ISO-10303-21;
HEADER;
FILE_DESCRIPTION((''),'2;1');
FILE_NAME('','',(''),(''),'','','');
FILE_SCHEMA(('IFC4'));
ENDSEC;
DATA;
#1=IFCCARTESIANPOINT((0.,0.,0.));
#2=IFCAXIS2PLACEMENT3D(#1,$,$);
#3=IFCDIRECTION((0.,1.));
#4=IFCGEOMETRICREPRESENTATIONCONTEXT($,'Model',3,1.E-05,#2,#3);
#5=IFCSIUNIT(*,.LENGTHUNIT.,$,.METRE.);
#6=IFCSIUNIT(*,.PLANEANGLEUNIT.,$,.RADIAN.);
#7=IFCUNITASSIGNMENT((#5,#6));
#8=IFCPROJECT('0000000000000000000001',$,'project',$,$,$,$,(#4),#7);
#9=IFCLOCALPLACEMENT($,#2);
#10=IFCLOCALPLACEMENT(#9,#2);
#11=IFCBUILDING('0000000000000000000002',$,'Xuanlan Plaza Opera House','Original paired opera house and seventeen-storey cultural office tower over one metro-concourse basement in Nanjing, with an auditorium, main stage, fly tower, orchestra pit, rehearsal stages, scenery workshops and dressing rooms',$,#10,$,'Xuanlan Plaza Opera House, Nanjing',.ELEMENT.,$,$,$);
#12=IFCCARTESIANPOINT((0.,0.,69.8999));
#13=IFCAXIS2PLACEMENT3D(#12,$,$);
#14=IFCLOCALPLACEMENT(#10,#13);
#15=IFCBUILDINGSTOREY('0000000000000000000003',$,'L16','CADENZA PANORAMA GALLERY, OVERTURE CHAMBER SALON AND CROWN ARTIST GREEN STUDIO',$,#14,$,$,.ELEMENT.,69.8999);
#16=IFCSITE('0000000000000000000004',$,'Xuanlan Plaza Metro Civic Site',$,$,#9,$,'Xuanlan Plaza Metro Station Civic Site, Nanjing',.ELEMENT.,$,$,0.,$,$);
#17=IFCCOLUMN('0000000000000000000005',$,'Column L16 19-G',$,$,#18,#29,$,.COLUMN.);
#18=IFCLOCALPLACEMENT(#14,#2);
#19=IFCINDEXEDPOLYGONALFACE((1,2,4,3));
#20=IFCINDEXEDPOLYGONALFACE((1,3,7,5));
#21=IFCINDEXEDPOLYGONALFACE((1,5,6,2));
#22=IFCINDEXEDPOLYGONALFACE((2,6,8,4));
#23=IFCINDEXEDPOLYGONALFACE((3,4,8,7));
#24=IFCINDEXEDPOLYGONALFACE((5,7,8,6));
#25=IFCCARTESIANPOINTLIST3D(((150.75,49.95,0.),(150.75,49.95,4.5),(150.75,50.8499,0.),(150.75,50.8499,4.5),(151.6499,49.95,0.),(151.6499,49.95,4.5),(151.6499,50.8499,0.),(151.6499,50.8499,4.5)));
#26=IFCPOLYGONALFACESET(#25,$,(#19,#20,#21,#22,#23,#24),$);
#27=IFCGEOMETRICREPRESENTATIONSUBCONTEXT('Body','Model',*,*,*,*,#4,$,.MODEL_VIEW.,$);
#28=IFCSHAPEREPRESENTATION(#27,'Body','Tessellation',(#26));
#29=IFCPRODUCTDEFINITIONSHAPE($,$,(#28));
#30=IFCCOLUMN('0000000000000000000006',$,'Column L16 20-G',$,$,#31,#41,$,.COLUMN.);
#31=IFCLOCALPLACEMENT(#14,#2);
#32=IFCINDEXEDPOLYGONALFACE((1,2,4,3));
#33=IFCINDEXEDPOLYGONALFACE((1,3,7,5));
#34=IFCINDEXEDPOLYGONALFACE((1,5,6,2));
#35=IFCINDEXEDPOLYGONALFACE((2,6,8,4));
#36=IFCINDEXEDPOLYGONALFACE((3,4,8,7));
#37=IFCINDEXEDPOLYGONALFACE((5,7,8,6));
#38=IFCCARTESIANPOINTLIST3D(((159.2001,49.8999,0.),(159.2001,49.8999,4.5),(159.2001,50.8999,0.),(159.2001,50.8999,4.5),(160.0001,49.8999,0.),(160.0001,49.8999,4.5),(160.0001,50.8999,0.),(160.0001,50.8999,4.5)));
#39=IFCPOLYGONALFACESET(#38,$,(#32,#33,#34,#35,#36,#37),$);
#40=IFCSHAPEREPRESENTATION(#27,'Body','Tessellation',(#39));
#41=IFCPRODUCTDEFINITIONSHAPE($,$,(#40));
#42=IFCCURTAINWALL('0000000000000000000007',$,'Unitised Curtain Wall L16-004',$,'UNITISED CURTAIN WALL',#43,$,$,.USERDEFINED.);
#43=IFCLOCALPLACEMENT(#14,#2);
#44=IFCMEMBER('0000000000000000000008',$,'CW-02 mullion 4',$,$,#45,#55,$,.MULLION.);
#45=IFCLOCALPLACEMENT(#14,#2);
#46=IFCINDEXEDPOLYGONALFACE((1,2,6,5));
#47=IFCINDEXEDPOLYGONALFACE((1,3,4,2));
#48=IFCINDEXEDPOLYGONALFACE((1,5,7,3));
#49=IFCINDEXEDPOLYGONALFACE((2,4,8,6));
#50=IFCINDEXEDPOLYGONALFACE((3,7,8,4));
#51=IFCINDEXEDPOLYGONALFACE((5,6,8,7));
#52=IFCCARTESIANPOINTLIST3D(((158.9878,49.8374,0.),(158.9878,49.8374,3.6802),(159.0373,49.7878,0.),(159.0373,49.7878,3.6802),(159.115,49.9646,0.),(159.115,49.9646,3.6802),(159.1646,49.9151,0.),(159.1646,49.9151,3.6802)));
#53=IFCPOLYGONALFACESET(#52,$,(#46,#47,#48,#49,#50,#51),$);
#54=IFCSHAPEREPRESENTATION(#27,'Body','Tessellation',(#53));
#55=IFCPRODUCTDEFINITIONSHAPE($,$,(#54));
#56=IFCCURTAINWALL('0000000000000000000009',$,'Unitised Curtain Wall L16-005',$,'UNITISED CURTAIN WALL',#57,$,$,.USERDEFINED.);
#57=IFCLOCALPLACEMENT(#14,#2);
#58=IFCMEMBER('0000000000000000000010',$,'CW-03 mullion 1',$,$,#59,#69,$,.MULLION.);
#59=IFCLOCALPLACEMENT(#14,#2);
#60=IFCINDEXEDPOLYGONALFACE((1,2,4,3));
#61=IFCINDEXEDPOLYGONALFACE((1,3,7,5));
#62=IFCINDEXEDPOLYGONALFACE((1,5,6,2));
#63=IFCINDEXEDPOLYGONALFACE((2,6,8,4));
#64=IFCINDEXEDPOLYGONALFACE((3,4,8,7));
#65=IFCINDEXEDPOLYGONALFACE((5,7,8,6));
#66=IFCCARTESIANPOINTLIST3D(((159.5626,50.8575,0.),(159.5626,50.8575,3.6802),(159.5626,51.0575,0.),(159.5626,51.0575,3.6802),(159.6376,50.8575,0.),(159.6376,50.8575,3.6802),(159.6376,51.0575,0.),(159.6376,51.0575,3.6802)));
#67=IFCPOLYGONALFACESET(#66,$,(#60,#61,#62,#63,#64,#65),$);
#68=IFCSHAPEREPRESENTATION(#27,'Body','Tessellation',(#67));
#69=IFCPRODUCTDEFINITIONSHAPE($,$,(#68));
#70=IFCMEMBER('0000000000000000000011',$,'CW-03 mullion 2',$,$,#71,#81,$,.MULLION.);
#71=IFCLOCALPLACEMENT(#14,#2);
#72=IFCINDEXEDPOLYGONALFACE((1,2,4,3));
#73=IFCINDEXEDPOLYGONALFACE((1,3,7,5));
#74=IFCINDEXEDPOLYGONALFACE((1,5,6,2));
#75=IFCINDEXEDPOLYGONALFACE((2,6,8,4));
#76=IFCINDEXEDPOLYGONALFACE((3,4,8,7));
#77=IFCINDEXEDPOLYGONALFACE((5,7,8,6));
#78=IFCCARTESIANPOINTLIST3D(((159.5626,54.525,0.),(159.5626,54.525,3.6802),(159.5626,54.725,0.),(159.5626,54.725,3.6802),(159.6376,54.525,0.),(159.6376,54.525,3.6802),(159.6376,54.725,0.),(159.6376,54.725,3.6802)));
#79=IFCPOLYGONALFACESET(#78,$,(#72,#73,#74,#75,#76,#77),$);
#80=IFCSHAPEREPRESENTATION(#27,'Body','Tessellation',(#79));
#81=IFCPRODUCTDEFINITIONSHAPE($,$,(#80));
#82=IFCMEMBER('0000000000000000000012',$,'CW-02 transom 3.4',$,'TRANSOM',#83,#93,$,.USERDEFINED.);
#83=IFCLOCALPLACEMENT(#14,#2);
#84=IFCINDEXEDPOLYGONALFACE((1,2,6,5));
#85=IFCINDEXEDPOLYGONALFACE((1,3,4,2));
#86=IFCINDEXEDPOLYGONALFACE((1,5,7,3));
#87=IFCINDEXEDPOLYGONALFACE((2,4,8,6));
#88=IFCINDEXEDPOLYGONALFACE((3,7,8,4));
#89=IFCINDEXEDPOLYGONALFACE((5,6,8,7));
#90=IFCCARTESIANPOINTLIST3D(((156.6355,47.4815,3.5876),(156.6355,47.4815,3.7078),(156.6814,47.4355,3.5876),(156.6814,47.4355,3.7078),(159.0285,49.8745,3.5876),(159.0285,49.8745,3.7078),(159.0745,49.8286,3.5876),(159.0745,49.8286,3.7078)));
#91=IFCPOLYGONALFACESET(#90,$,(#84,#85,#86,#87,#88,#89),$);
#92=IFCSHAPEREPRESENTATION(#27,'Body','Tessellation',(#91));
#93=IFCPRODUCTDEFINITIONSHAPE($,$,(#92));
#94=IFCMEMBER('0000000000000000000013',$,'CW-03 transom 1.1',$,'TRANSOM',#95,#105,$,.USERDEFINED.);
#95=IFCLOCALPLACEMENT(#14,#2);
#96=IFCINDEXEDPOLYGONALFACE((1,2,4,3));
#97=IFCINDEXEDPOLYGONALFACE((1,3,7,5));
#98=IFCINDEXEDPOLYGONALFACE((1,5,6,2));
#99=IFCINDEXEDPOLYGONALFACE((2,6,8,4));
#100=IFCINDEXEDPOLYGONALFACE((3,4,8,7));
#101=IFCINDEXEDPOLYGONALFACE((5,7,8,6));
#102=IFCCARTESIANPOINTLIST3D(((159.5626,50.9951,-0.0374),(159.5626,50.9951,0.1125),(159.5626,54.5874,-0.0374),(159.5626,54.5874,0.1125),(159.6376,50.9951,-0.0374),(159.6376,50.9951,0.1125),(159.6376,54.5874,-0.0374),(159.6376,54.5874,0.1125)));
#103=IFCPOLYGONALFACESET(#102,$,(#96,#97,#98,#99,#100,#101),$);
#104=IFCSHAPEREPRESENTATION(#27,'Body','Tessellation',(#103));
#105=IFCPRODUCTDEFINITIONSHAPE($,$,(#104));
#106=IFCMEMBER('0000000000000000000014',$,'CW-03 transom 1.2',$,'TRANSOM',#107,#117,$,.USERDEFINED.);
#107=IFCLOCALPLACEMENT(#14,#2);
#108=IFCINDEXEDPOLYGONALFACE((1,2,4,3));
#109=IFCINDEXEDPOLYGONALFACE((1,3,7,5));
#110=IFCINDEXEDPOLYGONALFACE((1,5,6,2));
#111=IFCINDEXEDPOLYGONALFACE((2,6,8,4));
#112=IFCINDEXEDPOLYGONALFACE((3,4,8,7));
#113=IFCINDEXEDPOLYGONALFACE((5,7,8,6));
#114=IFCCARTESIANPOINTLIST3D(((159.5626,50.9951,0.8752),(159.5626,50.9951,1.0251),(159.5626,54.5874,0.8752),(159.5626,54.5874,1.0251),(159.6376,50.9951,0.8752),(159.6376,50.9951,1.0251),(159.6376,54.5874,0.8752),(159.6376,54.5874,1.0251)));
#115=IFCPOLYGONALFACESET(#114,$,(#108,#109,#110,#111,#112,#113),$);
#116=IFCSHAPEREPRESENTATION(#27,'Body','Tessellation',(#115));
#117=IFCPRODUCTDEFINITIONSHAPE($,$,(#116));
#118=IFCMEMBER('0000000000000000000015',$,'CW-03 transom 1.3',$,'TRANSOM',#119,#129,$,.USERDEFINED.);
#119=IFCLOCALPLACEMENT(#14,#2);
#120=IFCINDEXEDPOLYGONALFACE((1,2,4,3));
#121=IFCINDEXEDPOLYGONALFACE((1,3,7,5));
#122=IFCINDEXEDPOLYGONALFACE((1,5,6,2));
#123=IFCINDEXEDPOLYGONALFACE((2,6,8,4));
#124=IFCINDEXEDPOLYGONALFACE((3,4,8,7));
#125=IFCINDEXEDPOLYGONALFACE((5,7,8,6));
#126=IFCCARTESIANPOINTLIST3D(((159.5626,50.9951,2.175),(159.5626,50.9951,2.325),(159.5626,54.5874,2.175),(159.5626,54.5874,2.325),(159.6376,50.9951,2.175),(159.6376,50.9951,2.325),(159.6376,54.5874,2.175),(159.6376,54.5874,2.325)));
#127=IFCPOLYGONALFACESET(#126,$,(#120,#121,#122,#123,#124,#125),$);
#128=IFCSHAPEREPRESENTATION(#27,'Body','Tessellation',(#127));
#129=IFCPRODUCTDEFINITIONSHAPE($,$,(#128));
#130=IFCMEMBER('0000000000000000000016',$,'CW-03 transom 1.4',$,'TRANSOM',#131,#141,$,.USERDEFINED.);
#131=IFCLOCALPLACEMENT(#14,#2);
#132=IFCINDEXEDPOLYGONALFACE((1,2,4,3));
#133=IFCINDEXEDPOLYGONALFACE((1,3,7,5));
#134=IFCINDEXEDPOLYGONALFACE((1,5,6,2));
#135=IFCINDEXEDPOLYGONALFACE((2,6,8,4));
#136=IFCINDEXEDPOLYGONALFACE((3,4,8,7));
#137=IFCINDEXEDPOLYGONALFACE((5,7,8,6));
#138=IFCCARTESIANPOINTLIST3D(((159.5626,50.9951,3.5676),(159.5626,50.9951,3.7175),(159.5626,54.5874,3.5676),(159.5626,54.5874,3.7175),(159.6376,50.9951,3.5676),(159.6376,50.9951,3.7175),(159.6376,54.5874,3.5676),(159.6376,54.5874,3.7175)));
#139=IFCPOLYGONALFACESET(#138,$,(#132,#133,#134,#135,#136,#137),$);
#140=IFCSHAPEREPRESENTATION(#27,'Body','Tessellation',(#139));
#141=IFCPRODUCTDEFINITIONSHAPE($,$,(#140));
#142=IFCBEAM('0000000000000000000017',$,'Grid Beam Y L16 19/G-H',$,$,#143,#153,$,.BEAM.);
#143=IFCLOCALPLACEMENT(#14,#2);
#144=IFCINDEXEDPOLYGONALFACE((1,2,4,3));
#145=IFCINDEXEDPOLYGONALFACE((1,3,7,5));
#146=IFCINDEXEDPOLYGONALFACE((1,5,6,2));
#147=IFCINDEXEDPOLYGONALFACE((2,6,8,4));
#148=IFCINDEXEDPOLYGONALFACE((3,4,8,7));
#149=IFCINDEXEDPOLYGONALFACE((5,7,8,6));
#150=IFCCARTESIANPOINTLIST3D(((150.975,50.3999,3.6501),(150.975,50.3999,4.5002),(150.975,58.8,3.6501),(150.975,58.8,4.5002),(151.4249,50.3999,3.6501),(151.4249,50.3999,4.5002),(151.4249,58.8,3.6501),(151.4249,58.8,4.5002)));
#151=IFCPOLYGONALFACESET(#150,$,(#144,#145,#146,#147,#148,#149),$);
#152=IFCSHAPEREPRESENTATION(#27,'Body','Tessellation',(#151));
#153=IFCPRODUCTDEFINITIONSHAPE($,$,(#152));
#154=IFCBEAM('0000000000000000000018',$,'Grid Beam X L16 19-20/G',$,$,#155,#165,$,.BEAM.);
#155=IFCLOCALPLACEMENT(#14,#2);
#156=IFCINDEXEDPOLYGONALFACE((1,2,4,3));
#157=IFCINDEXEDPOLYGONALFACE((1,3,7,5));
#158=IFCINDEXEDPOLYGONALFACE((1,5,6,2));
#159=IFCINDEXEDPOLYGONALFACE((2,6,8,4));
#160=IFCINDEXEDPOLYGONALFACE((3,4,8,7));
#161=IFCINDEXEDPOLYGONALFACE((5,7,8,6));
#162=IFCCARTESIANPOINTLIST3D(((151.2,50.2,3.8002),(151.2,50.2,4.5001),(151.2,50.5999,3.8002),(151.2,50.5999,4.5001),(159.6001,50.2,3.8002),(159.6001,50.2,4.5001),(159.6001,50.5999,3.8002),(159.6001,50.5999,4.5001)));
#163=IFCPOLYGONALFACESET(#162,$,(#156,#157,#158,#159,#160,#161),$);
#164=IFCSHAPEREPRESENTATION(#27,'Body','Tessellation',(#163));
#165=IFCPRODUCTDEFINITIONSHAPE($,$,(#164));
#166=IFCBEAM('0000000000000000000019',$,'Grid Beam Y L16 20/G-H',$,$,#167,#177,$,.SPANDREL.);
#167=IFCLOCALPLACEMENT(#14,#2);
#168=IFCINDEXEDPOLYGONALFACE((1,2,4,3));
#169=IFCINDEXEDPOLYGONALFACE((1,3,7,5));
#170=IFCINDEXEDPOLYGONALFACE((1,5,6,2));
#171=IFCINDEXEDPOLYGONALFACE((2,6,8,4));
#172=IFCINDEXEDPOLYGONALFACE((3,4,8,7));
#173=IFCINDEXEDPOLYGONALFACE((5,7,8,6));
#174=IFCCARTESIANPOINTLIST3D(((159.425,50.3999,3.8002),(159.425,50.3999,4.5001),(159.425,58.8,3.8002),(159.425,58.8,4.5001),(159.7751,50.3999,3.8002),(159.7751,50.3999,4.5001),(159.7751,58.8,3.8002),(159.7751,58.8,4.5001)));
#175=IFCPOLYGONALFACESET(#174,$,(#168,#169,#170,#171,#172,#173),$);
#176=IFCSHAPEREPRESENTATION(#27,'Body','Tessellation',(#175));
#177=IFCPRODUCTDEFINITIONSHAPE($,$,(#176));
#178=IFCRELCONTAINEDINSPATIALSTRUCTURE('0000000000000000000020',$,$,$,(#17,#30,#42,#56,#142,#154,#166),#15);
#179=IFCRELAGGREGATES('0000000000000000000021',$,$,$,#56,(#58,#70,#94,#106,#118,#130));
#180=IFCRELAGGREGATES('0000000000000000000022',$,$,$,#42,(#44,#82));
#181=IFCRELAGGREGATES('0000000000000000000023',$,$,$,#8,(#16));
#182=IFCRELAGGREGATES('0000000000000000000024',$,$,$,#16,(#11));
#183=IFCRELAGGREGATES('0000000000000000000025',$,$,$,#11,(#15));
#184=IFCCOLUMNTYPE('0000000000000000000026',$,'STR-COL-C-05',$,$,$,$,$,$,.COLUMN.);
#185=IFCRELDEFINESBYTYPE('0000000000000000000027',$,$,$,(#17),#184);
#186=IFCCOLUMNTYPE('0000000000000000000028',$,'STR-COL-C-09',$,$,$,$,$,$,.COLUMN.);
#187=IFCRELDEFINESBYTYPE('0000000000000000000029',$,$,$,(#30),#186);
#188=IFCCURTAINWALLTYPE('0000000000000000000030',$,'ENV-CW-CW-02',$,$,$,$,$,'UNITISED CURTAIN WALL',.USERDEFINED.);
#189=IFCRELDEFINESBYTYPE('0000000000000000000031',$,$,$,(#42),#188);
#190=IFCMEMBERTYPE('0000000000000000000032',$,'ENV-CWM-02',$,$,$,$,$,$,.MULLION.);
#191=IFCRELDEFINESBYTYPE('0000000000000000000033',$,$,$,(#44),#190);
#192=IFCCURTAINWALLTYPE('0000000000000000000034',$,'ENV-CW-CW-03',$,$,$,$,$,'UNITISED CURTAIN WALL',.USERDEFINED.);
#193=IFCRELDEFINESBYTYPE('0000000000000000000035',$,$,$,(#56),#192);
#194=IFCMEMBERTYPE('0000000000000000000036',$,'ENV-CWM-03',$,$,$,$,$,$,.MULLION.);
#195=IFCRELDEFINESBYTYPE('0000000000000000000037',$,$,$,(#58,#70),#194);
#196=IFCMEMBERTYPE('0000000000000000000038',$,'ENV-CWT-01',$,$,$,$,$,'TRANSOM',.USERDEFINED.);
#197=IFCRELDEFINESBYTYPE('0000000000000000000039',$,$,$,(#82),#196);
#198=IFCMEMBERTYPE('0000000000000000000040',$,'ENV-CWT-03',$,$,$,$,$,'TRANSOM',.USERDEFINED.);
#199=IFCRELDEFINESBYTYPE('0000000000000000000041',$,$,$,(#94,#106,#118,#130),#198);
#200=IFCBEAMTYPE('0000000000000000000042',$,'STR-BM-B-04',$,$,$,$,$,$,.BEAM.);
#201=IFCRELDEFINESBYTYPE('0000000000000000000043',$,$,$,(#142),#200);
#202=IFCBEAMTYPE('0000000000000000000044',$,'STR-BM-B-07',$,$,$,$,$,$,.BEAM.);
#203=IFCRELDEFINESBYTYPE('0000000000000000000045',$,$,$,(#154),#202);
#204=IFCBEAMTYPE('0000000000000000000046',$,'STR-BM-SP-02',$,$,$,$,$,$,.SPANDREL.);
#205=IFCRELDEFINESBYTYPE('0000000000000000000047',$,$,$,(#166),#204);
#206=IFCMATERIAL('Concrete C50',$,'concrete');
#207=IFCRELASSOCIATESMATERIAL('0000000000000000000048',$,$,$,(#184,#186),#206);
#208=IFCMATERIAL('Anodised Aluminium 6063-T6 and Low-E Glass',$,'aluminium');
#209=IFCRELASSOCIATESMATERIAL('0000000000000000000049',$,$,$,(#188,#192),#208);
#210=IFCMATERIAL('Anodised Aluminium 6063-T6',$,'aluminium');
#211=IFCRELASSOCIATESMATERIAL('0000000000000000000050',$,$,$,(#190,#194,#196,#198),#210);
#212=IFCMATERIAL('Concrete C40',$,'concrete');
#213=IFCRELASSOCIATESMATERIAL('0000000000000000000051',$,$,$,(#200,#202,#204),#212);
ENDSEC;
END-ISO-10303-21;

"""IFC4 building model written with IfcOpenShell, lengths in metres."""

from ifc_helpers import new_model, si_unit, direction, frame, origin, origin_2d, place, context, subcontext, project, spatial, rectangle, extrude, material, material_profile, profile_set, type_object, element, aggregate, save


model = new_model("IFC4")

# Units and contexts
model_context = context("Model", 3, precision=1e-05, world=origin(), true_north=direction((0.0, 1.0)))
body_context = subcontext(model_context, "Body", "Model", "MODEL_VIEW")
ifc_project = project(units=[si_unit("LENGTHUNIT", "METRE"), si_unit("PLANEANGLEUNIT", "RADIAN")], contexts=[model_context])

# Site, building, storey
site_placement = place(None, origin())
site = spatial("IfcSite", under=ifc_project, at=site_placement, Name="Xuanlan Plaza Metro Civic Site", LongName="Xuanlan Plaza Metro Station Civic Site, Nanjing", CompositionType="ELEMENT", RefElevation=0.0)
building_placement = place(site_placement, origin())
building = spatial("IfcBuilding", under=site, at=building_placement, Name="Xuanlan Plaza Opera House", Description="Original paired opera house and seventeen-storey cultural office tower over one metro-concourse basement in Nanjing, with an auditorium, main stage, fly tower, orchestra pit, rehearsal stages, scenery workshops and dressing rooms", LongName="Xuanlan Plaza Opera House, Nanjing", CompositionType="ELEMENT")
storey_placement = place(building_placement, frame((0.0, 0.0, 69.8999)))
storey = spatial("IfcBuildingStorey", under=building, at=storey_placement, Name="L16", Description="CADENZA PANORAMA GALLERY, OVERTURE CHAMBER SALON AND CROWN ARTIST GREEN STUDIO", CompositionType="ELEMENT", Elevation=69.8999)

# Columns
ifc_material_1 = material(Name="Concrete C50", Category="concrete")
ifc_material_profile_1 = material_profile(ifc_material_1, rectangle(XDim=0.8999, YDim=0.8999, at=origin_2d()), Name="RC-COL 900x900")
ifc_profile_set_1 = profile_set([ifc_material_profile_1], Name="Concrete C50")
column_type_1 = type_object("IfcColumnType", Name="STR-COL-C-05", PredefinedType="COLUMN", material=ifc_profile_set_1)
column_1_placement = place(storey_placement, frame((151.2, 50.3999, 0.0), z_axis=(0.0, 0.0, 1.0), x_axis=(1.0, 0.0, 0.0)))
element("IfcColumn", 1, at=column_1_placement, inside=storey, type_object=column_type_1, Name="Column L16 19-G", PredefinedType="COLUMN", context=body_context, shape_type="SweptSolid", body=[
    extrude(rectangle(XDim=0.8999, YDim=0.8999, at=origin_2d()), origin(), (0.0, 0.0, 1.0), 4.5),
])
ifc_material_profile_2 = material_profile(ifc_material_1, rectangle(XDim=0.8, YDim=1.0, at=origin_2d()), Name="RC-COL 800x1000")
ifc_profile_set_2 = profile_set([ifc_material_profile_2], Name="Concrete C50")
column_type_2 = type_object("IfcColumnType", Name="STR-COL-C-09", PredefinedType="COLUMN", material=ifc_profile_set_2)
column_2_placement = place(storey_placement, frame((159.6001, 50.3999, 0.0), z_axis=(0.0, 0.0, 1.0), x_axis=(1.0, 0.0, 0.0)))
element("IfcColumn", 2, at=column_2_placement, inside=storey, type_object=column_type_2, Name="Column L16 20-G", PredefinedType="COLUMN", context=body_context, shape_type="SweptSolid", body=[
    extrude(rectangle(XDim=0.8, YDim=1.0, at=origin_2d()), origin(), (0.0, 0.0, 1.0), 4.5),
])

# Curtain wall, member
ifc_material_2 = material(Name="Anodised Aluminium 6063-T6 and Low-E Glass", Category="aluminium")
curtain_wall_type_1 = type_object("IfcCurtainWallType", Name="ENV-CW-CW-02", ElementType="UNITISED CURTAIN WALL", PredefinedType="USERDEFINED", material=ifc_material_2)
curtain_wall_1_placement = place(storey_placement, origin())
curtain_wall_1 = element("IfcCurtainWall", 3, at=curtain_wall_1_placement, inside=storey, type_object=curtain_wall_type_1, Name="Unitised Curtain Wall L16-004", ObjectType="UNITISED CURTAIN WALL", PredefinedType="USERDEFINED")
ifc_material_3 = material(Name="Anodised Aluminium 6063-T6", Category="aluminium")
ifc_material_profile_3 = material_profile(ifc_material_3, rectangle(XDim=0.0701, YDim=0.1799, at=origin_2d()), Name="ALU-M 70x180")
ifc_profile_set_3 = profile_set([ifc_material_profile_3], Name="Anodised Aluminium 6063-T6")
member_type_1 = type_object("IfcMemberType", Name="ENV-CWM-02", PredefinedType="MULLION", material=ifc_profile_set_3)
member_1_placement = place(storey_placement, frame((159.0762, 49.8762, 0.0), z_axis=(0.0, 0.0, 1.0), x_axis=(-0.707107, 0.707107, 0.0)))
member_1 = element("IfcMember", 4, at=member_1_placement, type_object=member_type_1, Name="CW-02 mullion 4", PredefinedType="MULLION", context=body_context, shape_type="SweptSolid", body=[
    extrude(rectangle(XDim=0.0701, YDim=0.1799, at=origin_2d()), origin(), (0.0, 0.0, 1.0), 3.6802),
])

# Curtain wall, members
curtain_wall_type_2 = type_object("IfcCurtainWallType", Name="ENV-CW-CW-03", ElementType="UNITISED CURTAIN WALL", PredefinedType="USERDEFINED", material=ifc_material_2)
curtain_wall_2_placement = place(storey_placement, origin())
curtain_wall_2 = element("IfcCurtainWall", 5, at=curtain_wall_2_placement, inside=storey, type_object=curtain_wall_type_2, Name="Unitised Curtain Wall L16-005", ObjectType="UNITISED CURTAIN WALL", PredefinedType="USERDEFINED")
ifc_material_profile_4 = material_profile(ifc_material_3, rectangle(XDim=0.075, YDim=0.2, at=origin_2d()), Name="ALU-M 75x200")
ifc_profile_set_4 = profile_set([ifc_material_profile_4], Name="Anodised Aluminium 6063-T6")
member_type_2 = type_object("IfcMemberType", Name="ENV-CWM-03", PredefinedType="MULLION", material=ifc_profile_set_4)
member_2_placement = place(storey_placement, frame((159.6001, 50.9575, 0.0), z_axis=(0.0, 0.0, 1.0), x_axis=(-1.0, 0.0, 0.0)))
member_2 = element("IfcMember", 6, at=member_2_placement, type_object=member_type_2, Name="CW-03 mullion 1", PredefinedType="MULLION", context=body_context, shape_type="SweptSolid", body=[
    extrude(rectangle(XDim=0.075, YDim=0.2, at=origin_2d()), origin(), (0.0, 0.0, 1.0), 3.6802),
])
member_3_placement = place(storey_placement, frame((159.6001, 54.625, 0.0), z_axis=(0.0, 0.0, 1.0), x_axis=(-1.0, 0.0, 0.0)))
member_3 = element("IfcMember", 7, at=member_3_placement, type_object=member_type_2, Name="CW-03 mullion 2", PredefinedType="MULLION", context=body_context, shape_type="SweptSolid", body=[
    extrude(rectangle(XDim=0.075, YDim=0.2, at=origin_2d()), origin(), (0.0, 0.0, 1.0), 3.6802),
])

# Members
ifc_material_profile_5 = material_profile(ifc_material_3, rectangle(XDim=0.0649, YDim=0.1201, at=origin_2d()), Name="ALU-T 65x120")
ifc_profile_set_5 = profile_set([ifc_material_profile_5], Name="Anodised Aluminium 6063-T6")
member_type_3 = type_object("IfcMemberType", Name="ENV-CWT-01", ElementType="TRANSOM", PredefinedType="USERDEFINED", material=ifc_profile_set_5)
member_4_placement = place(storey_placement, frame((156.6584, 47.4585, 3.6477), z_axis=(0.707107, 0.707107, 0.0), x_axis=(-0.707107, 0.707107, 0.0)))
member_4 = element("IfcMember", 8, at=member_4_placement, type_object=member_type_3, Name="CW-02 transom 3.4", ObjectType="TRANSOM", PredefinedType="USERDEFINED", context=body_context, shape_type="SweptSolid", body=[
    extrude(rectangle(XDim=0.0649, YDim=0.1201, at=origin_2d()), origin(), (0.0, 0.0, 1.0), 3.3843),
])
ifc_material_profile_6 = material_profile(ifc_material_3, rectangle(XDim=0.075, YDim=0.1499, at=origin_2d()), Name="ALU-T 75x150")
ifc_profile_set_6 = profile_set([ifc_material_profile_6], Name="Anodised Aluminium 6063-T6")
member_type_4 = type_object("IfcMemberType", Name="ENV-CWT-03", ElementType="TRANSOM", PredefinedType="USERDEFINED", material=ifc_profile_set_6)
member_5_placement = place(storey_placement, frame((159.6001, 50.9951, 0.0376), z_axis=(0.0, 1.0, 0.0), x_axis=(-1.0, 0.0, 0.0)))
member_5 = element("IfcMember", 9, at=member_5_placement, type_object=member_type_4, Name="CW-03 transom 1.1", ObjectType="TRANSOM", PredefinedType="USERDEFINED", context=body_context, shape_type="SweptSolid", body=[
    extrude(rectangle(XDim=0.075, YDim=0.1499, at=origin_2d()), origin(), (0.0, 0.0, 1.0), 3.5923),
])
member_6_placement = place(storey_placement, frame((159.6001, 50.9951, 0.9502), z_axis=(0.0, 1.0, 0.0), x_axis=(-1.0, 0.0, 0.0)))
member_6 = element("IfcMember", 10, at=member_6_placement, type_object=member_type_4, Name="CW-03 transom 1.2", ObjectType="TRANSOM", PredefinedType="USERDEFINED", context=body_context, shape_type="SweptSolid", body=[
    extrude(rectangle(XDim=0.075, YDim=0.1499, at=origin_2d()), origin(), (0.0, 0.0, 1.0), 3.5923),
])
member_7_placement = place(storey_placement, frame((159.6001, 50.9951, 2.25), z_axis=(0.0, 1.0, 0.0), x_axis=(-1.0, 0.0, 0.0)))
member_7 = element("IfcMember", 11, at=member_7_placement, type_object=member_type_4, Name="CW-03 transom 1.3", ObjectType="TRANSOM", PredefinedType="USERDEFINED", context=body_context, shape_type="SweptSolid", body=[
    extrude(rectangle(XDim=0.075, YDim=0.1499, at=origin_2d()), origin(), (0.0, 0.0, 1.0), 3.5923),
])
member_8_placement = place(storey_placement, frame((159.6001, 50.9951, 3.6426), z_axis=(0.0, 1.0, 0.0), x_axis=(-1.0, 0.0, 0.0)))
member_8 = element("IfcMember", 12, at=member_8_placement, type_object=member_type_4, Name="CW-03 transom 1.4", ObjectType="TRANSOM", PredefinedType="USERDEFINED", context=body_context, shape_type="SweptSolid", body=[
    extrude(rectangle(XDim=0.075, YDim=0.1499, at=origin_2d()), origin(), (0.0, 0.0, 1.0), 3.5923),
])

# Beams
ifc_material_4 = material(Name="Concrete C40", Category="concrete")
ifc_material_profile_7 = material_profile(ifc_material_4, rectangle(XDim=0.45, YDim=0.8501, at=origin_2d()), Name="RC-BM 450x850")
ifc_profile_set_7 = profile_set([ifc_material_profile_7], Name="Concrete C40")
beam_type_1 = type_object("IfcBeamType", Name="STR-BM-B-04", PredefinedType="BEAM", material=ifc_profile_set_7)
beam_1_placement = place(storey_placement, frame((151.2, 50.3999, 4.0752), z_axis=(0.0, 1.0, 0.0), x_axis=(-1.0, 0.0, 0.0)))
element("IfcBeam", 13, at=beam_1_placement, inside=storey, type_object=beam_type_1, Name="Grid Beam Y L16 19/G-H", PredefinedType="BEAM", context=body_context, shape_type="SweptSolid", body=[
    extrude(rectangle(XDim=0.45, YDim=0.8501, at=origin_2d()), origin(), (0.0, 0.0, 1.0), 8.4001),
])
ifc_material_profile_8 = material_profile(ifc_material_4, rectangle(XDim=0.3999, YDim=0.7, at=origin_2d()), Name="RC-BM 400x700")
ifc_profile_set_8 = profile_set([ifc_material_profile_8], Name="Concrete C40")
beam_type_2 = type_object("IfcBeamType", Name="STR-BM-B-07", PredefinedType="BEAM", material=ifc_profile_set_8)
beam_2_placement = place(storey_placement, frame((151.2, 50.3999, 4.1501), z_axis=(1.0, 0.0, 0.0), x_axis=(0.0, 1.0, 0.0)))
element("IfcBeam", 14, at=beam_2_placement, inside=storey, type_object=beam_type_2, Name="Grid Beam X L16 19-20/G", PredefinedType="BEAM", context=body_context, shape_type="SweptSolid", body=[
    extrude(rectangle(XDim=0.3999, YDim=0.7, at=origin_2d()), origin(), (0.0, 0.0, 1.0), 8.4001),
])
ifc_material_profile_9 = material_profile(ifc_material_4, rectangle(XDim=0.3501, YDim=0.7, at=origin_2d()), Name="RC-SPD 350x700")
ifc_profile_set_9 = profile_set([ifc_material_profile_9], Name="Concrete C40")
beam_type_3 = type_object("IfcBeamType", Name="STR-BM-SP-02", PredefinedType="SPANDREL", material=ifc_profile_set_9)
beam_3_placement = place(storey_placement, frame((159.6001, 50.3999, 4.1501), z_axis=(0.0, 1.0, 0.0), x_axis=(-1.0, 0.0, 0.0)))
element("IfcBeam", 15, at=beam_3_placement, inside=storey, type_object=beam_type_3, Name="Grid Beam Y L16 20/G-H", PredefinedType="SPANDREL", context=body_context, shape_type="SweptSolid", body=[
    extrude(rectangle(XDim=0.3501, YDim=0.7, at=origin_2d()), origin(), (0.0, 0.0, 1.0), 8.4001),
])

aggregate(curtain_wall_2, [member_2, member_3, member_5, member_6, member_7, member_8])
aggregate(curtain_wall_1, [member_1, member_4])

save(model, "model.ifc")
